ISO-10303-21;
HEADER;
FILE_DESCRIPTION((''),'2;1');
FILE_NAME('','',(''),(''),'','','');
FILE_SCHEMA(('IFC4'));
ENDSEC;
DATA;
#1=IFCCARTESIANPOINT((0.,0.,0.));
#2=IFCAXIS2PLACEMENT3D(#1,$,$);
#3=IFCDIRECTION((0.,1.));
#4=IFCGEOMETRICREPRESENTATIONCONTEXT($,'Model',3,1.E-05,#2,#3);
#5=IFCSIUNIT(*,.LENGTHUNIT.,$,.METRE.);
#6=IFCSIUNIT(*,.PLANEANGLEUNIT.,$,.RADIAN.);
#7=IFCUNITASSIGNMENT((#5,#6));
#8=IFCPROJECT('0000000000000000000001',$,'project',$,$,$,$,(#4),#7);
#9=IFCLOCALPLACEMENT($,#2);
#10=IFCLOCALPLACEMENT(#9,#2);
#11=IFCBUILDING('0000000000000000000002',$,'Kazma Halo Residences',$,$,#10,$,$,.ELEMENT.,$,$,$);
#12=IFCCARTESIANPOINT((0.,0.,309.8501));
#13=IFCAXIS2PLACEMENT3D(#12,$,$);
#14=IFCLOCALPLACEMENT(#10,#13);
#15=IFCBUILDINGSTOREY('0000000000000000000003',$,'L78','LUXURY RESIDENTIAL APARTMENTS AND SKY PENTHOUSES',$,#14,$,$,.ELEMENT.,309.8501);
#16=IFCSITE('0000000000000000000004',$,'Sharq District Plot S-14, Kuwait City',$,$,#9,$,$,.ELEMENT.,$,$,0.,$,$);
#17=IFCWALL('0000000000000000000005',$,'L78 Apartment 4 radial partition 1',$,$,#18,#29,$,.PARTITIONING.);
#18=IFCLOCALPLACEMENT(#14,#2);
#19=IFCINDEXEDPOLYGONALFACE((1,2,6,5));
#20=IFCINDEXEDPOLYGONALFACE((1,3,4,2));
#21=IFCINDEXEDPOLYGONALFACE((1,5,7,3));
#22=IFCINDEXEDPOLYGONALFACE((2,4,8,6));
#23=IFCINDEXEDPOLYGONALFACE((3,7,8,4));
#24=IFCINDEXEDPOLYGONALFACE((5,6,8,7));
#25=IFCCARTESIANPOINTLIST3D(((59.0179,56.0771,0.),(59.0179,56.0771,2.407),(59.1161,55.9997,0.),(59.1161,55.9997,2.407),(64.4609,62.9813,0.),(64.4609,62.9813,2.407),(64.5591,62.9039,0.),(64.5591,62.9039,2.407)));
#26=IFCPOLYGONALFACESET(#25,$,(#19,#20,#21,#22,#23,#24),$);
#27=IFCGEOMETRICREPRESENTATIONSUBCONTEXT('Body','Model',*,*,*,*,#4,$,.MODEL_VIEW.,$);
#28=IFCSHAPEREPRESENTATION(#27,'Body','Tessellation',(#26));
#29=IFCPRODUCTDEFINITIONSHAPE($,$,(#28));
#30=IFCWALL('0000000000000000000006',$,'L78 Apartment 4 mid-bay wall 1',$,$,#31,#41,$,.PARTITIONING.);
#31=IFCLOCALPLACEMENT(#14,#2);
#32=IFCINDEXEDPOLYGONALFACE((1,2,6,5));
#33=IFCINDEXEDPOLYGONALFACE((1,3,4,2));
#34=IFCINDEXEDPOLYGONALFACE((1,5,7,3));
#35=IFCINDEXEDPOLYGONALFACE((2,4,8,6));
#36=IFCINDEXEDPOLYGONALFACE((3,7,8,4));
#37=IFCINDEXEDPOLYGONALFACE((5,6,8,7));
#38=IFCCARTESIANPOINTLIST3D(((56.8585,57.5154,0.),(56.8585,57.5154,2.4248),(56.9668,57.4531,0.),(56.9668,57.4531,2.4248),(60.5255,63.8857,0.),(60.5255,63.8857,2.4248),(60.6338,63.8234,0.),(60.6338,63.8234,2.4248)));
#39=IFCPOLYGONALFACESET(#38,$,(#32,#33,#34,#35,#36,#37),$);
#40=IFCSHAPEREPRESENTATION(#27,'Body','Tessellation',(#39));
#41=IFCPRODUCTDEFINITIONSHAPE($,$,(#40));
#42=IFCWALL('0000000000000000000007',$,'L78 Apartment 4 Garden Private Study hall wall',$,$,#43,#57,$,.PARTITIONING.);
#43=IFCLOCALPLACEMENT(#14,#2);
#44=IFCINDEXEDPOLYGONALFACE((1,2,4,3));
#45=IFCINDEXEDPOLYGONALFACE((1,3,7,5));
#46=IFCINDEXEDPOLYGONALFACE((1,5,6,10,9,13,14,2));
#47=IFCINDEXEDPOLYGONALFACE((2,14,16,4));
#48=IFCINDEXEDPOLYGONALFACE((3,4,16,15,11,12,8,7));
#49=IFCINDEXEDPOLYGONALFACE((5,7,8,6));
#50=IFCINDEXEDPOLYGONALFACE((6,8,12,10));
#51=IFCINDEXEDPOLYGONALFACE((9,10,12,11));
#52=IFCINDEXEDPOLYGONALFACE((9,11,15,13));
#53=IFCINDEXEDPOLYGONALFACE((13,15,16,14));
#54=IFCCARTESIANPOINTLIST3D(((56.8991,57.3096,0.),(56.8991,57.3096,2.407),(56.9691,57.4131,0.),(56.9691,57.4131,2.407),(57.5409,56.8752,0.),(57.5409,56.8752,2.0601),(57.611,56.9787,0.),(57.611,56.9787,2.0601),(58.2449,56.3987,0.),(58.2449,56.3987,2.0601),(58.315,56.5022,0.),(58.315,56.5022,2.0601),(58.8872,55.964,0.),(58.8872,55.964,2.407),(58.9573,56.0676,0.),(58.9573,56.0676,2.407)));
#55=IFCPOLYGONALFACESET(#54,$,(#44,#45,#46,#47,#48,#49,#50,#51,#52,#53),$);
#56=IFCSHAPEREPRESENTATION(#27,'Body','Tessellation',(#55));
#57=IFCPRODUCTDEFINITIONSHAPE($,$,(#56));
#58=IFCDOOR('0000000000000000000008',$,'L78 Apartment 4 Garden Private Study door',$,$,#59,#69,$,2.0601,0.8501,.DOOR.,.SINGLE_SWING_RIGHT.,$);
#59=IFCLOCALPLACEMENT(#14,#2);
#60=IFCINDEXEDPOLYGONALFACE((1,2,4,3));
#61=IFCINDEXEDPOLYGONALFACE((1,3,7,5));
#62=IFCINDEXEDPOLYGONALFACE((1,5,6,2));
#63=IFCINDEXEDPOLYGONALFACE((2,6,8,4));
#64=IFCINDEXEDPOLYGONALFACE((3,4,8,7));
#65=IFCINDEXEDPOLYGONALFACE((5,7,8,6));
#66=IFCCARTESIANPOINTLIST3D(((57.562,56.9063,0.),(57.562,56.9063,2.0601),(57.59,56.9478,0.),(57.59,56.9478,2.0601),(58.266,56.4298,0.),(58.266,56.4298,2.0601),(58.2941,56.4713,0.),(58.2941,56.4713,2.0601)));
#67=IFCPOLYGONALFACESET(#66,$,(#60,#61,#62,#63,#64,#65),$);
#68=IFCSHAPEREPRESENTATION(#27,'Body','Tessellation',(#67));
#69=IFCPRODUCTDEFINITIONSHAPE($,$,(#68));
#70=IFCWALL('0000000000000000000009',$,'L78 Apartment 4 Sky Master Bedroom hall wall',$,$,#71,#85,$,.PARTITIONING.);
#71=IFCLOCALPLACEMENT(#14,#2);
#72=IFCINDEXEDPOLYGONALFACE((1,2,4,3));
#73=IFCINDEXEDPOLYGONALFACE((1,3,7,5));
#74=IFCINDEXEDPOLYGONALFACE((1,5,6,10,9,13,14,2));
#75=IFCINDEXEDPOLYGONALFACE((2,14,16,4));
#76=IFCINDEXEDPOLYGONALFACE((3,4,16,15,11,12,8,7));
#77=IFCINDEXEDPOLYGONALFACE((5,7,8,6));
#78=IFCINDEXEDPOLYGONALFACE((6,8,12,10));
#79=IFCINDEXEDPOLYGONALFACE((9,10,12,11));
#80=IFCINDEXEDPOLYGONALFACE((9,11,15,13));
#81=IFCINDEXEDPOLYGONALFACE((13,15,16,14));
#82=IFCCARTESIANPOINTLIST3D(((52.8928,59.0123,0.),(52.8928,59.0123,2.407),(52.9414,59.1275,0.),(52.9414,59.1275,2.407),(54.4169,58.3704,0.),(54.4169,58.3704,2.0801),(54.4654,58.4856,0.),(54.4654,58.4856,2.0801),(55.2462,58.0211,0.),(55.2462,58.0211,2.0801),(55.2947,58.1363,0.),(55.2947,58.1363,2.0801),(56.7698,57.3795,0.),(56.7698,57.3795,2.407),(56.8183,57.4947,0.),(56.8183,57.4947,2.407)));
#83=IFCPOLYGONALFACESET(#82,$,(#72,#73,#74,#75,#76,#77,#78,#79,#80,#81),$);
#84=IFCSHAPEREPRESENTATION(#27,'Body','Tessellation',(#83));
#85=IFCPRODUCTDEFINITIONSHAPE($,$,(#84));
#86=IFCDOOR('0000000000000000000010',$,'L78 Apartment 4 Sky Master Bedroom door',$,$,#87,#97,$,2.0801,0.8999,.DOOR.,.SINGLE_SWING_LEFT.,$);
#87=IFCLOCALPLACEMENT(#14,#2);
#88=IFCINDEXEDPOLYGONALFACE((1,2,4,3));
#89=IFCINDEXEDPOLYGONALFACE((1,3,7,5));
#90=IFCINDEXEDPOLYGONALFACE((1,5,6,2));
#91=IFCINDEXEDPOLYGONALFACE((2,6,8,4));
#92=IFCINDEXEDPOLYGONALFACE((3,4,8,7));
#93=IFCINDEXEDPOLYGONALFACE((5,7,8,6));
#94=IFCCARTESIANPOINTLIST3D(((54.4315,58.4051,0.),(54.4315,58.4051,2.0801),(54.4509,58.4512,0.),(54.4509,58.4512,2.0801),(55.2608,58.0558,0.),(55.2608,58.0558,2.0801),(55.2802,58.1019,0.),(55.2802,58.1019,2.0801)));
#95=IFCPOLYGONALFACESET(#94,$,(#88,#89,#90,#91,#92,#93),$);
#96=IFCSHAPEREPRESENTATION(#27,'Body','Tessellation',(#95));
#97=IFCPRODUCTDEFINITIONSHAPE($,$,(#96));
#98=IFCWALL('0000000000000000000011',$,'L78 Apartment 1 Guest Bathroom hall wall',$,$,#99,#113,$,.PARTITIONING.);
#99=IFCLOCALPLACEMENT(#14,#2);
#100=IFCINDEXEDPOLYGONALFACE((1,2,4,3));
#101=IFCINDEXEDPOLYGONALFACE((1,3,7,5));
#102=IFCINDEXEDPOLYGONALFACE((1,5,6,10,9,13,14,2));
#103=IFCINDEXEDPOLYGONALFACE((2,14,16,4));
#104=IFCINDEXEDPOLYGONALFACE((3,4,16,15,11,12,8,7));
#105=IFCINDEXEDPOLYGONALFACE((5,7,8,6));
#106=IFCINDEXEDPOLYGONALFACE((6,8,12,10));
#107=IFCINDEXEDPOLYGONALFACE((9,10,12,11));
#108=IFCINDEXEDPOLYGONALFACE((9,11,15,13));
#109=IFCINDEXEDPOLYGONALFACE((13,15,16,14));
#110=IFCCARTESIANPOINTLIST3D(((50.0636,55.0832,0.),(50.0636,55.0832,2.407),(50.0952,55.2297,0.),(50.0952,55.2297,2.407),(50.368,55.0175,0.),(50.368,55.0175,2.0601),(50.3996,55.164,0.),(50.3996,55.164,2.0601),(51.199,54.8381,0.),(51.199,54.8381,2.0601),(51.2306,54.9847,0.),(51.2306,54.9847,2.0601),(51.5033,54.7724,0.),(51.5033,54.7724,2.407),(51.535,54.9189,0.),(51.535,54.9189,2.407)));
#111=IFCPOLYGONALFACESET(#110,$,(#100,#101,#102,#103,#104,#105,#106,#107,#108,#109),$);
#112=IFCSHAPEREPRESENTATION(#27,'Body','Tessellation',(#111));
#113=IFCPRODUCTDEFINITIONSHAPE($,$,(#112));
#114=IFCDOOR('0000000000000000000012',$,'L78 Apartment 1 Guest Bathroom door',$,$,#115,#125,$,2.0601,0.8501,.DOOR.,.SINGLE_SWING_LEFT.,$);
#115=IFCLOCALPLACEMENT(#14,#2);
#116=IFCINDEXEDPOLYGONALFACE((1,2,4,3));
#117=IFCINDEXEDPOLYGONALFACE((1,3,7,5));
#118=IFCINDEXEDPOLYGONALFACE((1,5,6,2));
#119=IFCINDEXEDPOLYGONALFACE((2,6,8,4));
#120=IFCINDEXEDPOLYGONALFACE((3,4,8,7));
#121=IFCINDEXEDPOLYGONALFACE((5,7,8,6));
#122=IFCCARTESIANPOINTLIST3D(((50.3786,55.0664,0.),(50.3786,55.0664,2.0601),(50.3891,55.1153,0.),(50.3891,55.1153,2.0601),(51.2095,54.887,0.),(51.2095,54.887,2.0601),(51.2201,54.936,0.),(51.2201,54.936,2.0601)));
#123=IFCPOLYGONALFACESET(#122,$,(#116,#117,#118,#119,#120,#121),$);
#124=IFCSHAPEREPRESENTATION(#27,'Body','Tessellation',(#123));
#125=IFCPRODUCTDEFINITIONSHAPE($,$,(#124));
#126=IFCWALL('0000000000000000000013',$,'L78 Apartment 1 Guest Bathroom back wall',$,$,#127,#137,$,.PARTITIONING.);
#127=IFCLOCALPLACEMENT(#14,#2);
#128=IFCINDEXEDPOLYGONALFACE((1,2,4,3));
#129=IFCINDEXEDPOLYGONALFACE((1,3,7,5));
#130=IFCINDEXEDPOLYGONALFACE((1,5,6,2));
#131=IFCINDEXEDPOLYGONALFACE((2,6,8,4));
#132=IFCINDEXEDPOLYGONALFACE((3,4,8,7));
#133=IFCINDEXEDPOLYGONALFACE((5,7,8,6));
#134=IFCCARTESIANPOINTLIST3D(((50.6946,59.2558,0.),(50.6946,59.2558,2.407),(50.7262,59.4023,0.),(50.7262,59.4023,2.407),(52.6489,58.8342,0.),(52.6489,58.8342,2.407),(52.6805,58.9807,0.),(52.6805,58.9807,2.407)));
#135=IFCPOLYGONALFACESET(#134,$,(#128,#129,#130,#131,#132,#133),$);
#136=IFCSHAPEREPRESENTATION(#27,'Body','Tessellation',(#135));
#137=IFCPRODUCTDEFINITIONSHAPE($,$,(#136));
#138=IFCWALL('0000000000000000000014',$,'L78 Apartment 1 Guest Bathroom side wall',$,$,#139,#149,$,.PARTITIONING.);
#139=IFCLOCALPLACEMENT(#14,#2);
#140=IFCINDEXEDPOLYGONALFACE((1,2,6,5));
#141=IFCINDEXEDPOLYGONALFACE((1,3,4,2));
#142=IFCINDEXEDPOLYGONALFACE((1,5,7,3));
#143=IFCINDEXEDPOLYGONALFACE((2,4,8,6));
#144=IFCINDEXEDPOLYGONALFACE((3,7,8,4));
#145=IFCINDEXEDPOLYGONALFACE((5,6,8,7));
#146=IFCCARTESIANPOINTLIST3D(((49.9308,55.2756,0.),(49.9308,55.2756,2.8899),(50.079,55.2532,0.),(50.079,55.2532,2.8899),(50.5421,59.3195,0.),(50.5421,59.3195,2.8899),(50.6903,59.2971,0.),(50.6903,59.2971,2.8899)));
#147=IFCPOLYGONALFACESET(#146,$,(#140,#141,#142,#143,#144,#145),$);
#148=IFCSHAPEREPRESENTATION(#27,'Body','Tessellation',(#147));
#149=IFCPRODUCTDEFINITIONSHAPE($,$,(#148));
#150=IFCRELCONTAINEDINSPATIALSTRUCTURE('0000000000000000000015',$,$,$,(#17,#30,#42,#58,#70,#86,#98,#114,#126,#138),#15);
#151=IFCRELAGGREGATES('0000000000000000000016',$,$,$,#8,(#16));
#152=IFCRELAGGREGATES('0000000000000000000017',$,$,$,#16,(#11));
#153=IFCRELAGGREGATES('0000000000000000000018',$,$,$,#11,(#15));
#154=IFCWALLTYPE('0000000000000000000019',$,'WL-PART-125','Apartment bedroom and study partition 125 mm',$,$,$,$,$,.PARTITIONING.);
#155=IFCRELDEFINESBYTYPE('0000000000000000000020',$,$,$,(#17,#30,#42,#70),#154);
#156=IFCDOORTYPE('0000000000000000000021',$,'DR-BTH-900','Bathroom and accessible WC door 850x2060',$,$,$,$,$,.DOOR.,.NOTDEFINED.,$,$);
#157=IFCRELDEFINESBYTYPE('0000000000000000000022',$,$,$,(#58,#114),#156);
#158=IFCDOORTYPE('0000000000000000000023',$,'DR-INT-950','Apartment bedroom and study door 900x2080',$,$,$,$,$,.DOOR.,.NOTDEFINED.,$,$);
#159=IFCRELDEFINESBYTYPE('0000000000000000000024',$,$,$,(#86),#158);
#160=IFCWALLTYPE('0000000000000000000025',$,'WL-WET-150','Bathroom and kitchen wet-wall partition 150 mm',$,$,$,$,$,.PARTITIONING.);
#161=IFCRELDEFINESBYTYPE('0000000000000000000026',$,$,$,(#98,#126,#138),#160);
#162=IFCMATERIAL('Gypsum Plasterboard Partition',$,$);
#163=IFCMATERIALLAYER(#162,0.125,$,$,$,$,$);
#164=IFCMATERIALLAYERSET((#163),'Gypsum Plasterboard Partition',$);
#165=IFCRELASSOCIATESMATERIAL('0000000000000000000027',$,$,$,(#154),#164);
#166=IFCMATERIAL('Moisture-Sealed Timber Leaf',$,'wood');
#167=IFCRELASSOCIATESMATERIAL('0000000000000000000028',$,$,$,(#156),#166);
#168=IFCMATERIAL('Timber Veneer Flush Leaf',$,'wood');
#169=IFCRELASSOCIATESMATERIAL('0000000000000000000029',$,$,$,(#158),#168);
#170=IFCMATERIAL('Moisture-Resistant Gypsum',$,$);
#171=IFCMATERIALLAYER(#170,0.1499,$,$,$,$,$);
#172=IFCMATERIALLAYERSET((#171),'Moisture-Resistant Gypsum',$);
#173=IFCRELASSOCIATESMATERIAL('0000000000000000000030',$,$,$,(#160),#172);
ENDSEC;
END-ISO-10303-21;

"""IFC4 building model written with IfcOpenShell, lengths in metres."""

from ifc_helpers import new_model, si_unit, direction, frame, frame_2d, origin, place, context, subcontext, project, spatial, rectangle, extrude, material, layer, layer_set, type_object, element, fill, save


model = new_model("IFC4")

# Units and contexts
model_context = context("Model", 3, precision=1e-05, world=origin(), true_north=direction((0.0, 1.0)))
body_context = subcontext(model_context, "Body", "Model", "MODEL_VIEW")
ifc_project = project(units=[si_unit("LENGTHUNIT", "METRE"), si_unit("PLANEANGLEUNIT", "RADIAN")], contexts=[model_context])

# Site, building, storey
site_placement = place(None, origin())
site = spatial("IfcSite", under=ifc_project, at=site_placement, Name="Sharq District Plot S-14, Kuwait City", CompositionType="ELEMENT", RefElevation=0.0)
building_placement = place(site_placement, origin())
building = spatial("IfcBuilding", under=site, at=building_placement, Name="Kazma Halo Residences", CompositionType="ELEMENT")
storey_placement = place(building_placement, frame((0.0, 0.0, 309.8501)))
storey = spatial("IfcBuildingStorey", under=building, at=storey_placement, Name="L78", Description="LUXURY RESIDENTIAL APARTMENTS AND SKY PENTHOUSES", CompositionType="ELEMENT", Elevation=309.8501)

# Shared definitions
ifc_material_1 = material(Name="Gypsum Plasterboard Partition")
ifc_layer_1 = layer(ifc_material_1, 0.125)
ifc_layer_set_1 = layer_set([ifc_layer_1], Name="Gypsum Plasterboard Partition")
wall_type_1 = type_object("IfcWallType", Name="WL-PART-125", Description="Apartment bedroom and study partition 125 mm", PredefinedType="PARTITIONING", material=ifc_layer_set_1)
ifc_material_2 = material(Name="Moisture-Sealed Timber Leaf", Category="wood")
door_type_1 = type_object("IfcDoorType", Name="DR-BTH-900", Description="Bathroom and accessible WC door 850x2060", OperationType="NOTDEFINED", PredefinedType="DOOR", material=ifc_material_2)

# Walls
wall_1_placement = place(storey_placement, frame((59.0669, 56.0383, 0.0), z_axis=(0.0, 0.0, 1.0), x_axis=(0.619108, 0.785306, 0.0)))
element("IfcWall", 1, at=wall_1_placement, inside=storey, type_object=wall_type_1, Name="L78 Apartment 4 radial partition 1", PredefinedType="PARTITIONING", context=body_context, shape_type="SweptSolid", body=[
    extrude(rectangle(XDim=8.7917, YDim=0.125, at=frame_2d((4.396, 0.0))), origin(), (0.0, 0.0, 1.0), 2.407),
])
wall_2_placement = place(storey_placement, frame((56.9126, 57.4841, 0.0), z_axis=(0.0, 0.0, 1.0), x_axis=(0.498884, 0.866669, 0.0)))
element("IfcWall", 2, at=wall_2_placement, inside=storey, type_object=wall_type_1, Name="L78 Apartment 4 mid-bay wall 1", PredefinedType="PARTITIONING", context=body_context, shape_type="SweptSolid", body=[
    extrude(rectangle(XDim=7.3503, YDim=0.125, at=frame_2d((3.6753, 0.0))), origin(), (0.0, 0.0, 1.0), 2.4248),
])

# Walls, openings, doors
wall_3_placement = place(storey_placement, frame((58.9221, 56.0159, 0.0), z_axis=(0.0, 0.0, 1.0), x_axis=(-0.828165, 0.560484, 0.0)))
wall_3 = element("IfcWall", 3, at=wall_3_placement, inside=storey, type_object=wall_type_1, Name="L78 Apartment 4 Garden Private Study hall wall", PredefinedType="PARTITIONING", context=body_context, shape_type="SweptSolid", body=[
    extrude(rectangle(XDim=2.4006, YDim=0.125, at=frame_2d((1.2002, 0.0))), origin(), (0.0, 0.0, 1.0), 2.407),
])
opening_1_placement = place(wall_3_placement, frame((0.7754, 0.0, 0.0)))
opening_1 = element("IfcOpeningElement", 4, at=opening_1_placement, cuts=wall_3, PredefinedType="OPENING", context=body_context, shape_type="SweptSolid", body=[
    extrude(rectangle(XDim=0.8501, YDim=2.0601, at=frame_2d((0.425, 1.03))), frame((0.0, 0.0725, 0.0), z_axis=(0.0, -1.0, 0.0), x_axis=(1.0, 0.0, 0.0)), (0.0, 0.0, 1.0), 0.145),
])
door_1_placement = place(opening_1_placement, origin())
door_1 = element("IfcDoor", 5, at=door_1_placement, inside=storey, type_object=door_type_1, Name="L78 Apartment 4 Garden Private Study door", OperationType="SINGLE_SWING_RIGHT", OverallHeight=2.0601, OverallWidth=0.8501, PredefinedType="DOOR", context=body_context, shape_type="SweptSolid", body=[
    extrude(rectangle(XDim=0.8501, YDim=2.0601, at=frame_2d((0.425, 1.03))), frame((0.0, 0.0249, 0.0), z_axis=(0.0, -1.0, 0.0), x_axis=(1.0, 0.0, 0.0)), (0.0, 0.0, 1.0), 0.05),
])
fill(opening_1, door_1)
wall_4_placement = place(storey_placement, frame((56.7942, 57.437, 0.0), z_axis=(0.0, 0.0, 1.0), x_axis=(-0.9216, 0.38814, 0.0)))
wall_4 = element("IfcWall", 6, at=wall_4_placement, inside=storey, type_object=wall_type_1, Name="L78 Apartment 4 Sky Master Bedroom hall wall", PredefinedType="PARTITIONING", context=body_context, shape_type="SweptSolid", body=[
    extrude(rectangle(XDim=4.2068, YDim=0.125, at=frame_2d((2.1035, 0.0))), origin(), (0.0, 0.0, 1.0), 2.407),
])
opening_2_placement = place(wall_4_placement, frame((1.6533, 0.0, 0.0)))
opening_2 = element("IfcOpeningElement", 7, at=opening_2_placement, cuts=wall_4, PredefinedType="OPENING", context=body_context, shape_type="SweptSolid", body=[
    extrude(rectangle(XDim=0.8999, YDim=2.0801, at=frame_2d((0.45, 1.04))), frame((0.0, 0.0725, 0.0), z_axis=(0.0, -1.0, 0.0), x_axis=(1.0, 0.0, 0.0)), (0.0, 0.0, 1.0), 0.145),
])
ifc_material_3 = material(Name="Timber Veneer Flush Leaf", Category="wood")
door_type_2 = type_object("IfcDoorType", Name="DR-INT-950", Description="Apartment bedroom and study door 900x2080", OperationType="NOTDEFINED", PredefinedType="DOOR", material=ifc_material_3)
door_2_placement = place(opening_2_placement, origin())
door_2 = element("IfcDoor", 8, at=door_2_placement, inside=storey, type_object=door_type_2, Name="L78 Apartment 4 Sky Master Bedroom door", OperationType="SINGLE_SWING_LEFT", OverallHeight=2.0801, OverallWidth=0.8999, PredefinedType="DOOR", context=body_context, shape_type="SweptSolid", body=[
    extrude(rectangle(XDim=0.8999, YDim=2.0801, at=frame_2d((0.45, 1.04))), frame((0.0, 0.0249, 0.0), z_axis=(0.0, -1.0, 0.0), x_axis=(1.0, 0.0, 0.0)), (0.0, 0.0, 1.0), 0.05),
])
fill(opening_2, door_2)
ifc_material_4 = material(Name="Moisture-Resistant Gypsum")
ifc_layer_2 = layer(ifc_material_4, 0.1499)
ifc_layer_set_2 = layer_set([ifc_layer_2], Name="Moisture-Resistant Gypsum")
wall_type_2 = type_object("IfcWallType", Name="WL-WET-150", Description="Bathroom and kitchen wet-wall partition 150 mm", PredefinedType="PARTITIONING", material=ifc_layer_set_2)
wall_5_placement = place(storey_placement, frame((51.519, 54.8457, 0.0), z_axis=(0.0, 0.0, 1.0), x_axis=(-0.977484, 0.211012, 0.0)))
wall_5 = element("IfcWall", 9, at=wall_5_placement, inside=storey, type_object=wall_type_2, Name="L78 Apartment 1 Guest Bathroom hall wall", PredefinedType="PARTITIONING", context=body_context, shape_type="SweptSolid", body=[
    extrude(rectangle(XDim=1.4729, YDim=0.1499, at=frame_2d((0.7363, 0.0))), origin(), (0.0, 0.0, 1.0), 2.407),
])
opening_3_placement = place(wall_5_placement, frame((0.3113, 0.0, 0.0)))
opening_3 = element("IfcOpeningElement", 10, at=opening_3_placement, cuts=wall_5, PredefinedType="OPENING", context=body_context, shape_type="SweptSolid", body=[
    extrude(rectangle(XDim=0.8501, YDim=2.0601, at=frame_2d((0.425, 1.03))), frame((0.0, 0.085, 0.0), z_axis=(0.0, -1.0, 0.0), x_axis=(1.0, 0.0, 0.0)), (0.0, 0.0, 1.0), 0.1699),
])
door_3_placement = place(opening_3_placement, origin())
door_3 = element("IfcDoor", 11, at=door_3_placement, inside=storey, type_object=door_type_1, Name="L78 Apartment 1 Guest Bathroom door", OperationType="SINGLE_SWING_LEFT", OverallHeight=2.0601, OverallWidth=0.8501, PredefinedType="DOOR", context=body_context, shape_type="SweptSolid", body=[
    extrude(rectangle(XDim=0.8501, YDim=2.0601, at=frame_2d((0.425, 1.03))), frame((0.0, 0.0249, 0.0), z_axis=(0.0, -1.0, 0.0), x_axis=(1.0, 0.0, 0.0)), (0.0, 0.0, 1.0), 0.05),
])
fill(opening_3, door_3)

# Walls
wall_6_placement = place(storey_placement, frame((52.6646, 58.9075, 0.0), z_axis=(0.0, 0.0, 1.0), x_axis=(-0.97751, 0.210888, 0.0)))
element("IfcWall", 12, at=wall_6_placement, inside=storey, type_object=wall_type_2, Name="L78 Apartment 1 Guest Bathroom back wall", PredefinedType="PARTITIONING", context=body_context, shape_type="SweptSolid", body=[
    extrude(rectangle(XDim=1.9993, YDim=0.1499, at=frame_2d((0.9995, 0.0))), origin(), (0.0, 0.0, 1.0), 2.407),
])
wall_7_placement = place(storey_placement, frame((50.0049, 55.2644, 0.0), z_axis=(0.0, 0.0, 1.0), x_axis=(0.149473, 0.988766, 0.0)))
element("IfcWall", 13, at=wall_7_placement, inside=storey, type_object=wall_type_2, Name="L78 Apartment 1 Guest Bathroom side wall", PredefinedType="PARTITIONING", context=body_context, shape_type="SweptSolid", body=[
    extrude(rectangle(XDim=4.0898, YDim=0.1499, at=frame_2d((2.0449, 0.0))), origin(), (0.0, 0.0, 1.0), 2.8899),
])

save(model, "model.ifc")
